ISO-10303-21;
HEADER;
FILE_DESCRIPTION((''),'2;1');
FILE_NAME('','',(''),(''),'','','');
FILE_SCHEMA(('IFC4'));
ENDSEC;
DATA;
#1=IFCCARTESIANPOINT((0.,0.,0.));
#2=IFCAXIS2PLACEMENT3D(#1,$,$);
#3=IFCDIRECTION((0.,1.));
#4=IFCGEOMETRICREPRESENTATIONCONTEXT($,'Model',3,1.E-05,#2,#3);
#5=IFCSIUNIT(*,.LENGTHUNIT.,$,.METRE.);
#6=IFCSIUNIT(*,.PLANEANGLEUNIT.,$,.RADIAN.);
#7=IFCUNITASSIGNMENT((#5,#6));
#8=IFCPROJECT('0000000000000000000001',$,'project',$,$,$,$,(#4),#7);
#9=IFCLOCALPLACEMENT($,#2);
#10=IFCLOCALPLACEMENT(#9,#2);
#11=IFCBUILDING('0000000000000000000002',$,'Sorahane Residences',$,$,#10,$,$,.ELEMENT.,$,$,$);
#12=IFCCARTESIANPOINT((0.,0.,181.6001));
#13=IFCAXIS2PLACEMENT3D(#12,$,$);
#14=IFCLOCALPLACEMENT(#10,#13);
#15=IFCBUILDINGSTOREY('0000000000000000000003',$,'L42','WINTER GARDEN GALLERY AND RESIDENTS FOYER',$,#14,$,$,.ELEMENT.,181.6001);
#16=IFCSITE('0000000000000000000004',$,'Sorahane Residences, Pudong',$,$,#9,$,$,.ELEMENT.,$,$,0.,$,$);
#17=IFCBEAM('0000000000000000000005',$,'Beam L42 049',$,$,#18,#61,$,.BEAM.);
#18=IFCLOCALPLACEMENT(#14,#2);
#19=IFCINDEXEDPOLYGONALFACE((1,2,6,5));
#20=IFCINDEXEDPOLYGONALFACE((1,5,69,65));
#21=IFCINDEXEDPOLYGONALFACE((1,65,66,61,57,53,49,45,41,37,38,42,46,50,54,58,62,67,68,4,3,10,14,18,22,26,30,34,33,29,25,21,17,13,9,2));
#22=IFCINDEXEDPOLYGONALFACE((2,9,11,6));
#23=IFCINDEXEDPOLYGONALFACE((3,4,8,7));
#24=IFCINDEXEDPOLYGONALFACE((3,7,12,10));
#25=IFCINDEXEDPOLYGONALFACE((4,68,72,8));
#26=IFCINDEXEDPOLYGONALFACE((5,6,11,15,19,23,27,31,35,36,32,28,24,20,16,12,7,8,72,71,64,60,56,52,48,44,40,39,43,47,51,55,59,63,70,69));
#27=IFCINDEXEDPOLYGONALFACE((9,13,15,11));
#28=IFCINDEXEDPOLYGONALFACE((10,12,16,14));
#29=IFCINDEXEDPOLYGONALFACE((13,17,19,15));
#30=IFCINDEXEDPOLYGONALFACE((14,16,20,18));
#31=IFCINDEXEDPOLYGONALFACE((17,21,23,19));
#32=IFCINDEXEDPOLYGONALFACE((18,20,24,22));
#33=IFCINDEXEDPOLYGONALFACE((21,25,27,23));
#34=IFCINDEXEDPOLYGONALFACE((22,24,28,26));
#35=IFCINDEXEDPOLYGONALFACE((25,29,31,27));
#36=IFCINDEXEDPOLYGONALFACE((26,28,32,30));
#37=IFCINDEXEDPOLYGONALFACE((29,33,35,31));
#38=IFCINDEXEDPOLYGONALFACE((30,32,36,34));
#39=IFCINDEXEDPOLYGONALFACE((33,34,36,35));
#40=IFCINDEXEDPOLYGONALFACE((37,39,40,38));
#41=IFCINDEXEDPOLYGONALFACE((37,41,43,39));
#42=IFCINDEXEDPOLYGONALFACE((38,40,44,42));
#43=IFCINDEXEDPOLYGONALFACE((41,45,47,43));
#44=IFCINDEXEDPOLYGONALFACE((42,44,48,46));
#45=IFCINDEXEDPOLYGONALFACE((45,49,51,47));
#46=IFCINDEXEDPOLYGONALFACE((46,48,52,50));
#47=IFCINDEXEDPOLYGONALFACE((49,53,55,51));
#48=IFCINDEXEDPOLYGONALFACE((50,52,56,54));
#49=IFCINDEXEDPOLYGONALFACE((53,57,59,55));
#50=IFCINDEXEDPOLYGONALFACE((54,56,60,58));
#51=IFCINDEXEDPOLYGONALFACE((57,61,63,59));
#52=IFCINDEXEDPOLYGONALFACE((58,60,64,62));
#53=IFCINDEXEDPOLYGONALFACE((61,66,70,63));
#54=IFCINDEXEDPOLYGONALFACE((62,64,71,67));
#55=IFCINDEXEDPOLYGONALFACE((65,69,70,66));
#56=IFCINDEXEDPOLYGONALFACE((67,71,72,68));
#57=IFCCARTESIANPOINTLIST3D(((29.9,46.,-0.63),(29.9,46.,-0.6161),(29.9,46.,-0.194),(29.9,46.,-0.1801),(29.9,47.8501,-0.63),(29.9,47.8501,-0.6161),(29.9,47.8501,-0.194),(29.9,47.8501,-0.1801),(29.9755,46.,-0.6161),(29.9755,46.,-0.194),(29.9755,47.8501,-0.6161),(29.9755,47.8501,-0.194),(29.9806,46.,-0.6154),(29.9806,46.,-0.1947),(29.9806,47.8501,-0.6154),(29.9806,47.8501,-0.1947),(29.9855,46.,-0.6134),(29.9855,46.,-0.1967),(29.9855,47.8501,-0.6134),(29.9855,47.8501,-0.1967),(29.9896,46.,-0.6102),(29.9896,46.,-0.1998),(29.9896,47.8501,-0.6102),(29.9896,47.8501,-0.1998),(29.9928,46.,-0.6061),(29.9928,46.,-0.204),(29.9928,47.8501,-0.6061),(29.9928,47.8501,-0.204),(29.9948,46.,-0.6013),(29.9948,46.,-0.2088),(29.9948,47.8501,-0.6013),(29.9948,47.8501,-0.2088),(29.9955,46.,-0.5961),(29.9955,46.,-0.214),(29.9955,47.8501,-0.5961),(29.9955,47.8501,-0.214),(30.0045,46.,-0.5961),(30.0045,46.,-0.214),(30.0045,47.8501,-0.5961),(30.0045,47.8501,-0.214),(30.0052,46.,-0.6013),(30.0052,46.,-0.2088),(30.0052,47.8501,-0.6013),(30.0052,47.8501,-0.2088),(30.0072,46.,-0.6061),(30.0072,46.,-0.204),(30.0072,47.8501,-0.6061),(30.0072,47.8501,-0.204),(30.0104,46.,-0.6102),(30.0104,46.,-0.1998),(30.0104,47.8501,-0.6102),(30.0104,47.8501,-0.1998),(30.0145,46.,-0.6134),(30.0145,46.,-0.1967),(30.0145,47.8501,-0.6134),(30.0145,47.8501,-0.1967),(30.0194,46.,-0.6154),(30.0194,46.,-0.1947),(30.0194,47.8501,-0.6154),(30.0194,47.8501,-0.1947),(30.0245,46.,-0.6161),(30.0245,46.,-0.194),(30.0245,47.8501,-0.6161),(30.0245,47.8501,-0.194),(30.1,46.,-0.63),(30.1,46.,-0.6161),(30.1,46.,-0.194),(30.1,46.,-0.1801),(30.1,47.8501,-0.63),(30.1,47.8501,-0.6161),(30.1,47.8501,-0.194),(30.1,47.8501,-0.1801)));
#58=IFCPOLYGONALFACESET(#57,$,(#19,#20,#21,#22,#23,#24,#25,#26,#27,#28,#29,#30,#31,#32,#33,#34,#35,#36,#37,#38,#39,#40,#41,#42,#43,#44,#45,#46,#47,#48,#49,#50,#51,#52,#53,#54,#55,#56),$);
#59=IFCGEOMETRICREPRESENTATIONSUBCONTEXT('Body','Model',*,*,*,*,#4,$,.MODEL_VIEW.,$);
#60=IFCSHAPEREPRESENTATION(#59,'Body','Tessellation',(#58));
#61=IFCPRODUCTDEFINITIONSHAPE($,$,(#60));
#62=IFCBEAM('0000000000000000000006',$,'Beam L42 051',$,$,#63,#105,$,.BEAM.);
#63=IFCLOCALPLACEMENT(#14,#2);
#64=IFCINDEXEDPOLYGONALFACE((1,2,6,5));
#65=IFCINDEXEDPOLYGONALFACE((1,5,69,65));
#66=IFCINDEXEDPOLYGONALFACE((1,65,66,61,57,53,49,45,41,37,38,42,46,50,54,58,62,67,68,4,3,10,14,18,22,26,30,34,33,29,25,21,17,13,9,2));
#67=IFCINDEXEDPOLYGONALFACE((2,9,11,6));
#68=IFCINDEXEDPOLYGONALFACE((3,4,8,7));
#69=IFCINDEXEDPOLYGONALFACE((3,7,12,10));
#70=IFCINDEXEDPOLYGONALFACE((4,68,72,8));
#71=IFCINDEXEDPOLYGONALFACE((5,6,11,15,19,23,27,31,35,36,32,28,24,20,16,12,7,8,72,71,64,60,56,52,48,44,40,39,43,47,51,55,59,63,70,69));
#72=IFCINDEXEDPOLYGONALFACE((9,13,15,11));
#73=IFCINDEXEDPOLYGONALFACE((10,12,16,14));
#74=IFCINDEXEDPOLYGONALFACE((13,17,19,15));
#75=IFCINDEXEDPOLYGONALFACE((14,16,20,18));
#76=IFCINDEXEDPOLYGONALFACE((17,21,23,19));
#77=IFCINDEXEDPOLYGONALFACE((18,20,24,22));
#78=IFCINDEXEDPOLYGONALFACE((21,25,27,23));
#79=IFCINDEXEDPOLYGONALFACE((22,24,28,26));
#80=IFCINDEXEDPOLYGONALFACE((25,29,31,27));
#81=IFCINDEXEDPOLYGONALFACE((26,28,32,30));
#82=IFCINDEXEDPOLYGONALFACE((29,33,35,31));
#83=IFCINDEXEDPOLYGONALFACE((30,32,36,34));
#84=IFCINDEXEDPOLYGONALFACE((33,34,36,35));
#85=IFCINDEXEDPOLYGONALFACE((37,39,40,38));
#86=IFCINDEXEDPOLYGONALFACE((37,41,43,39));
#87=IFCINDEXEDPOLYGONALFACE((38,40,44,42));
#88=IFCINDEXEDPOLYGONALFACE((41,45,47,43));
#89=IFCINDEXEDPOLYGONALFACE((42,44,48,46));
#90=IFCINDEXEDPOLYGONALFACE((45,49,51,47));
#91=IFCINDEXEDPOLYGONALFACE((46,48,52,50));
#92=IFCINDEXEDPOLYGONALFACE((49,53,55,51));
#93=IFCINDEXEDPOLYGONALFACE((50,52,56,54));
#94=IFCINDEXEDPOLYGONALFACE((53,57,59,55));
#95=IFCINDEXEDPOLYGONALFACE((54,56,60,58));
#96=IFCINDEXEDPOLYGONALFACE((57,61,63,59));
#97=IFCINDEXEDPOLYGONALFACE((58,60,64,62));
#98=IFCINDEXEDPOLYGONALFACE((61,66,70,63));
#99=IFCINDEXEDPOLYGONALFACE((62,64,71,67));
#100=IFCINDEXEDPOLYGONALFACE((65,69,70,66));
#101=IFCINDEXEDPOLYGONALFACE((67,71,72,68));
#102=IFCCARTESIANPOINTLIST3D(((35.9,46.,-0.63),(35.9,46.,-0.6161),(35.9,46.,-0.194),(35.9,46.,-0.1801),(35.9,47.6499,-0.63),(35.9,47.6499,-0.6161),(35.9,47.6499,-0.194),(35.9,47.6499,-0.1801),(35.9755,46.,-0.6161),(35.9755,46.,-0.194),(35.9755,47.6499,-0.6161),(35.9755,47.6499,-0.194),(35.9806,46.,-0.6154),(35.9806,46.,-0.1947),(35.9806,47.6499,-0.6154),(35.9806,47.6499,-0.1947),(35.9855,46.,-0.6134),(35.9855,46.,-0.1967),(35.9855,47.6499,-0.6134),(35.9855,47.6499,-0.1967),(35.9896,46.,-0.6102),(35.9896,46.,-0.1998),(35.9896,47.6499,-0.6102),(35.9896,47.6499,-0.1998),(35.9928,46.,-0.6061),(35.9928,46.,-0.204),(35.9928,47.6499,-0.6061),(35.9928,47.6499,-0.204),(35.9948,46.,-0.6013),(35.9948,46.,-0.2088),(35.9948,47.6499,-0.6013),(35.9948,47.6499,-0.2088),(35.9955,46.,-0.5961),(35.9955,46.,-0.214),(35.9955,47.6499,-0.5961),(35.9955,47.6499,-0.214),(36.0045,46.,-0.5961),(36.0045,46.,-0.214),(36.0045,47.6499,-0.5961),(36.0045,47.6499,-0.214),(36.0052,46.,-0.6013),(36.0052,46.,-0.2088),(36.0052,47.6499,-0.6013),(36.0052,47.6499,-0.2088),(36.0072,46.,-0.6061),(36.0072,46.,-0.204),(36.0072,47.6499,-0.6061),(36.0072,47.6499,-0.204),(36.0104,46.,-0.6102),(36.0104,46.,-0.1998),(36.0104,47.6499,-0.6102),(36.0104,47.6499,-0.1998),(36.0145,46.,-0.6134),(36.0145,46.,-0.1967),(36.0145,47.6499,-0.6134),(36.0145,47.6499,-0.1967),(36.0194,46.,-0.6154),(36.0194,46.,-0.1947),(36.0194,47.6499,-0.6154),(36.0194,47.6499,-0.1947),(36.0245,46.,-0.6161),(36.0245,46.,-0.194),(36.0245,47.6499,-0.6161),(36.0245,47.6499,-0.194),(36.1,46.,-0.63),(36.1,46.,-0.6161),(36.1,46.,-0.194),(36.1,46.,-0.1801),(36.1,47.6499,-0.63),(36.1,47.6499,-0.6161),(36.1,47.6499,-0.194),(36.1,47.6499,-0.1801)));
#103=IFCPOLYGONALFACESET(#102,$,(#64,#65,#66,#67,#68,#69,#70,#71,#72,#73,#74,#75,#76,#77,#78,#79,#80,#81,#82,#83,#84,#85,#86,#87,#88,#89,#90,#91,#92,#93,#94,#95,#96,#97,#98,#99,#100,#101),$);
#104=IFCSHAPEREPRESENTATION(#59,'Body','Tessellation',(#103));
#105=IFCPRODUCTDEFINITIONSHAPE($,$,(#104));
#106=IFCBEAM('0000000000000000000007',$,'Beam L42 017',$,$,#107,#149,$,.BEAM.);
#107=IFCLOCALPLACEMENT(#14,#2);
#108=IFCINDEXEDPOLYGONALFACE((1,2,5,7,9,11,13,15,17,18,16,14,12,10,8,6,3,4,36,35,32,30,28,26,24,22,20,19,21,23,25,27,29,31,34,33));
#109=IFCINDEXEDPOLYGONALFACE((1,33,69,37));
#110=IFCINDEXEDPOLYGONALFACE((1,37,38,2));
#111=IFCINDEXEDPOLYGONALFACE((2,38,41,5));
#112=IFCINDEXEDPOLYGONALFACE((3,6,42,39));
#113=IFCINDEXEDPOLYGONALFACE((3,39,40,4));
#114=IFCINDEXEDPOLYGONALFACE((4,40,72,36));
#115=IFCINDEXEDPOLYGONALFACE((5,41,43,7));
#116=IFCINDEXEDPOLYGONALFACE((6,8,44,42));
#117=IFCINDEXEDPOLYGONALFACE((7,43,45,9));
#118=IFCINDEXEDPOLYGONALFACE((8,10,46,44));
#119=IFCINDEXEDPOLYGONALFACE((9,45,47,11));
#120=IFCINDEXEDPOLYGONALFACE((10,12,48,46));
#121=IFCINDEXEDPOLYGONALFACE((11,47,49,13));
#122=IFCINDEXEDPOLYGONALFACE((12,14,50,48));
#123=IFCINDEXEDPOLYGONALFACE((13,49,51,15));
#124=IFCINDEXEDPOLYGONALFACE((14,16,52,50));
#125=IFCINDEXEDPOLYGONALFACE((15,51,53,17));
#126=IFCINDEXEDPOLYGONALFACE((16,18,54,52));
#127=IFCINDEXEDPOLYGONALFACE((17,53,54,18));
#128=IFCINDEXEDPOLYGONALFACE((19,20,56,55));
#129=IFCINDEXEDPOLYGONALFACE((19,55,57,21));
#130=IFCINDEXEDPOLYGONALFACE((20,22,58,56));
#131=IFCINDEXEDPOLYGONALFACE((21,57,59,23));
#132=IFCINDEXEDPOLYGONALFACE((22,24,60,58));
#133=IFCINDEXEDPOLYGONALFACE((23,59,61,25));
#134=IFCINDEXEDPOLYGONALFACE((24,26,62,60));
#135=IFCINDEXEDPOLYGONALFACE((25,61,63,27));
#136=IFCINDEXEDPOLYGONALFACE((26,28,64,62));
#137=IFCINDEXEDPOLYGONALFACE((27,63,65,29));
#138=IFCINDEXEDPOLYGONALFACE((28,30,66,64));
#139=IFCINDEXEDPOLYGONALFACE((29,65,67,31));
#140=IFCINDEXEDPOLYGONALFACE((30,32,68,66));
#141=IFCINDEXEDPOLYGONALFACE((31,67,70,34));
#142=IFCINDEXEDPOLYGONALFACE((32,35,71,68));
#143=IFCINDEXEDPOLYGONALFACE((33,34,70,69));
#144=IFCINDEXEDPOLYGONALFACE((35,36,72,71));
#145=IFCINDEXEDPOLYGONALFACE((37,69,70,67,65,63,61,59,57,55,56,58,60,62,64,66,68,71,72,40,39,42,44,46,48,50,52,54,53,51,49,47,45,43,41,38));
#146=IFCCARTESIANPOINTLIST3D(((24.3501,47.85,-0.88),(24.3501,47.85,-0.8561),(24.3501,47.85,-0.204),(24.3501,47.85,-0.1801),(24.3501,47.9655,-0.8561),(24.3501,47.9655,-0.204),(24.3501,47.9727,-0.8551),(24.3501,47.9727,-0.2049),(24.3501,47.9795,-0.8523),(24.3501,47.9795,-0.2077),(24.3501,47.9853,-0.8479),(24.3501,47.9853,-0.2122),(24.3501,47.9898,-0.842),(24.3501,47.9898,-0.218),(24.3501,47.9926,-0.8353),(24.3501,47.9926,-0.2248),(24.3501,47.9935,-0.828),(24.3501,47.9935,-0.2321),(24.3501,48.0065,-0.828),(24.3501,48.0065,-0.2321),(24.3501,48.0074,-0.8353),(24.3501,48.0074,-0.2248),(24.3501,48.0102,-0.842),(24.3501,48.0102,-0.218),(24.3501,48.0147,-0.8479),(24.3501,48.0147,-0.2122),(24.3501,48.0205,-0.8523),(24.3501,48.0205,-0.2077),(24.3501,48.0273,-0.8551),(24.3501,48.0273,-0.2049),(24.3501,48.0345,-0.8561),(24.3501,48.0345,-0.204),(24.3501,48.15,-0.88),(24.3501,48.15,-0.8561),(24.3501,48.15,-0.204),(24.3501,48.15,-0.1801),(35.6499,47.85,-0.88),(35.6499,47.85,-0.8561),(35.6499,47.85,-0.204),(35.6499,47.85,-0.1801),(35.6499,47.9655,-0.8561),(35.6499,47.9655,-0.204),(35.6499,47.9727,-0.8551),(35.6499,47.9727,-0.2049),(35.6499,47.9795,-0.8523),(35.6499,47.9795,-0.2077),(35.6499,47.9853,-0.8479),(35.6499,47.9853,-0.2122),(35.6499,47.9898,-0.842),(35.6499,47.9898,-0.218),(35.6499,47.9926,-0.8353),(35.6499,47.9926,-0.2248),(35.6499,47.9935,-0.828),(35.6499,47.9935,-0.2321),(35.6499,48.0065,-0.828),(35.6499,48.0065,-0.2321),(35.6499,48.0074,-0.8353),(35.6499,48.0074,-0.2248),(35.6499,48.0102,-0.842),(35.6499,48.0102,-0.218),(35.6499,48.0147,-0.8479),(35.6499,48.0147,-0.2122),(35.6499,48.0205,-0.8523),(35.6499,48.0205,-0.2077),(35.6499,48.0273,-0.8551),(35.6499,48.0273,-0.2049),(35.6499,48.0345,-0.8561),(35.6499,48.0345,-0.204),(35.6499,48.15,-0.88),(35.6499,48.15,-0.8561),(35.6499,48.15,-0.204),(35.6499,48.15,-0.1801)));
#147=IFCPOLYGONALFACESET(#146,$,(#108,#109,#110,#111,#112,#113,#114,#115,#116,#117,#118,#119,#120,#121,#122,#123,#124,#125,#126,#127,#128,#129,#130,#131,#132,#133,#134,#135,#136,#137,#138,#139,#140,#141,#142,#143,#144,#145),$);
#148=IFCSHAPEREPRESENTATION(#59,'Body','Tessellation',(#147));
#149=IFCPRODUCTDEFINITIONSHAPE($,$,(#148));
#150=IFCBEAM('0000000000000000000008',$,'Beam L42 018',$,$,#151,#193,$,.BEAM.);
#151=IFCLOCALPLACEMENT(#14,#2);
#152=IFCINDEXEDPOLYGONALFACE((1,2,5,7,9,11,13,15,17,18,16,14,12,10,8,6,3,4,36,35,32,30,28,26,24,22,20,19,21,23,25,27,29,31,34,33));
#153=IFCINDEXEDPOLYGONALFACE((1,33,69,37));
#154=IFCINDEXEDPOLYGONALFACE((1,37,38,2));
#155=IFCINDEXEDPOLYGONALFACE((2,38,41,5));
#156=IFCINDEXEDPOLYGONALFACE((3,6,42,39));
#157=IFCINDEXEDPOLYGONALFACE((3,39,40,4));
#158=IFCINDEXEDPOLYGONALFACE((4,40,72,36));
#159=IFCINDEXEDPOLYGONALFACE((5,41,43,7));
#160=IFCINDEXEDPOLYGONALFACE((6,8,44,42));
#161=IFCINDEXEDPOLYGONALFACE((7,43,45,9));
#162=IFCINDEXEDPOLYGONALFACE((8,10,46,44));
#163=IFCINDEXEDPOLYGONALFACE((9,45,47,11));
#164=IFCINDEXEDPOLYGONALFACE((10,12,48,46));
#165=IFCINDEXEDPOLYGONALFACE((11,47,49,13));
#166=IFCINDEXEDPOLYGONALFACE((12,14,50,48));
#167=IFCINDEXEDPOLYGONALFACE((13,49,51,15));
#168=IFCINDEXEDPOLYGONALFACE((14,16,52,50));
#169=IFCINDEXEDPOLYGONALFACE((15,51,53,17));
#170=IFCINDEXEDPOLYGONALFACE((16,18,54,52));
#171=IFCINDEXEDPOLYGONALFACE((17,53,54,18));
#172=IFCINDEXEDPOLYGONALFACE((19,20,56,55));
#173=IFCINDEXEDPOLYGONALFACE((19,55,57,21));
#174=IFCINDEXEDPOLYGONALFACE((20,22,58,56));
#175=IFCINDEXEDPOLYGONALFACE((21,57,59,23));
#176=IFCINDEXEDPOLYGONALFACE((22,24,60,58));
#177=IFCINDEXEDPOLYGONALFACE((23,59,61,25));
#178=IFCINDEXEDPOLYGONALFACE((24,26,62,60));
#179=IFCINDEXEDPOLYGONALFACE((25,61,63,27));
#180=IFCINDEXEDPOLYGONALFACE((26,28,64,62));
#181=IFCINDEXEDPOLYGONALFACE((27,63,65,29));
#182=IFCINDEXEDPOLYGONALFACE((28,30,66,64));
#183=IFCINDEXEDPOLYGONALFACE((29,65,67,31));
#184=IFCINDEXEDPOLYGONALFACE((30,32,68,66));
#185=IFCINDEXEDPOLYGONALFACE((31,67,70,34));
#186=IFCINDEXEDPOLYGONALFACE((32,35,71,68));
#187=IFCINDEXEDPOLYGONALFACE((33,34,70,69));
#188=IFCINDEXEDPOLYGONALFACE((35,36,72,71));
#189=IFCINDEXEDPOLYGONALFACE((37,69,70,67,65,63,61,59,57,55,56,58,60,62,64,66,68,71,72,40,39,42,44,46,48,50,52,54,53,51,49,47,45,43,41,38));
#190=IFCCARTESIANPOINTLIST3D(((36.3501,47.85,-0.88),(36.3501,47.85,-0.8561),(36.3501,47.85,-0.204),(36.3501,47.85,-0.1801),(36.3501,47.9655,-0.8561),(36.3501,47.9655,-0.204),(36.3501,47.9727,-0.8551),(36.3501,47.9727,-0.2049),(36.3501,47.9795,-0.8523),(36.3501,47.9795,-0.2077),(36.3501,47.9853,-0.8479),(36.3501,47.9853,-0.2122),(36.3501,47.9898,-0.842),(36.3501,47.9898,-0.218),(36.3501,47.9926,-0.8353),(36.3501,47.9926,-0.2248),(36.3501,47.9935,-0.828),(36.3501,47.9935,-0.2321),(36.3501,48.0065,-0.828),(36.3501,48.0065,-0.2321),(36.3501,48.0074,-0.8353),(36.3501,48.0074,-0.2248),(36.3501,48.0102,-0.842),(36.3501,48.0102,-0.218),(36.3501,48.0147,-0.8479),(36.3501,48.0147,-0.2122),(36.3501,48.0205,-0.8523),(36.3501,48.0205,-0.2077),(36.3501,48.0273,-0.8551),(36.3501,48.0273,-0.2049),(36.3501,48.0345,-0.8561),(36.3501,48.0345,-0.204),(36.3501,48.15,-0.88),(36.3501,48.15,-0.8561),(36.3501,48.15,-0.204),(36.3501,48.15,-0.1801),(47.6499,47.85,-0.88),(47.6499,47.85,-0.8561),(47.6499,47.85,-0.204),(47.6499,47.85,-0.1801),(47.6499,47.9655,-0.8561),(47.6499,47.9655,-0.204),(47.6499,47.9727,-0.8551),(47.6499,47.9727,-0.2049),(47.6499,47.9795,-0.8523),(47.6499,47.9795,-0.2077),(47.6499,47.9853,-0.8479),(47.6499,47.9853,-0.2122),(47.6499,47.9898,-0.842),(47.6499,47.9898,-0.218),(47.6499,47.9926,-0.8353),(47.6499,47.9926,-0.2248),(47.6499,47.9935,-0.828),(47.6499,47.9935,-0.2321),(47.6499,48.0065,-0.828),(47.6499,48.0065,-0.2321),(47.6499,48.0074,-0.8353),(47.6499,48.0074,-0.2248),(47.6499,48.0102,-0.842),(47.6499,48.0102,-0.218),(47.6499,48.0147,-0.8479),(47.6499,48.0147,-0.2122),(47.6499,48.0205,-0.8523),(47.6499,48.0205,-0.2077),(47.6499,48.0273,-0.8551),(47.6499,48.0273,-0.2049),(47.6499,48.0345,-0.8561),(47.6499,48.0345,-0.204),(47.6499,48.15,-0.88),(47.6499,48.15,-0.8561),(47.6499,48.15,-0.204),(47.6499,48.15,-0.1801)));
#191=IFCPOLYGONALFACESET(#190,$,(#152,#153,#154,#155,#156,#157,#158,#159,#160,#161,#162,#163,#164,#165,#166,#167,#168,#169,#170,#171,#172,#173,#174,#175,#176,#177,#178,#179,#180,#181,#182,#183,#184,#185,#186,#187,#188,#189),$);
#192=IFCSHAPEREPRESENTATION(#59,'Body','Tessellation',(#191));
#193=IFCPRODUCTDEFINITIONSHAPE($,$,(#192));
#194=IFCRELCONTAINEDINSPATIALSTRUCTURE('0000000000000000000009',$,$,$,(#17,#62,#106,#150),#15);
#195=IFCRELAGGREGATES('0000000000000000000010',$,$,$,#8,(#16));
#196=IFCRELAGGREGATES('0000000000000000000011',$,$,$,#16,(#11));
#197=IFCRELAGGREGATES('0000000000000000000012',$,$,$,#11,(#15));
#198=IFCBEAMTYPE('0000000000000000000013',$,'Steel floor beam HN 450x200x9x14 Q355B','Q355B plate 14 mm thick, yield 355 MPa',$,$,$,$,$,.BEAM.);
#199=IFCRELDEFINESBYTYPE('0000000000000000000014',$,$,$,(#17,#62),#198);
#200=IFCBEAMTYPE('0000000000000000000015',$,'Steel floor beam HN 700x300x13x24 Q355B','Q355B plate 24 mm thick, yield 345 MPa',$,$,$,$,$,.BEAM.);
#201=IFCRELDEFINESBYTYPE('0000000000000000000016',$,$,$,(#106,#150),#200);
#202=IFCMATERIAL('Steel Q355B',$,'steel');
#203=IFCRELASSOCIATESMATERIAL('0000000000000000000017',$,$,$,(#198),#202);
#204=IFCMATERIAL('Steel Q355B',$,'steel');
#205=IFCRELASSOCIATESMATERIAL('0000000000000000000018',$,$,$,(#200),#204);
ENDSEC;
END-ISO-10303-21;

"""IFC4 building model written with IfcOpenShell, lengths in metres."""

from ifc_helpers import new_model, si_unit, direction, frame, origin, origin_2d, place, context, subcontext, project, spatial, i_section, extrude, material, material_profile, profile_set, type_object, element, save


model = new_model("IFC4")

# Units and contexts
model_context = context("Model", 3, precision=1e-05, world=origin(), true_north=direction((0.0, 1.0)))
body_context = subcontext(model_context, "Body", "Model", "MODEL_VIEW")
ifc_project = project(units=[si_unit("LENGTHUNIT", "METRE"), si_unit("PLANEANGLEUNIT", "RADIAN")], contexts=[model_context])

# Site, building, storey
site_placement = place(None, origin())
site = spatial("IfcSite", under=ifc_project, at=site_placement, Name="Sorahane Residences, Pudong", CompositionType="ELEMENT", RefElevation=0.0)
building_placement = place(site_placement, origin())
building = spatial("IfcBuilding", under=site, at=building_placement, Name="Sorahane Residences", CompositionType="ELEMENT")
storey_placement = place(building_placement, frame((0.0, 0.0, 181.6001)))
storey = spatial("IfcBuildingStorey", under=building, at=storey_placement, Name="L42", Description="WINTER GARDEN GALLERY AND RESIDENTS FOYER", CompositionType="ELEMENT", Elevation=181.6001)

# Beams
ifc_material_1 = material(Name="Steel Q355B", Category="steel")
ifc_material_profile_1 = material_profile(ifc_material_1, i_section(OverallWidth=0.2, OverallDepth=0.45, WebThickness=0.009, FlangeThickness=0.0139, FilletRadius=0.02, at=origin_2d()), Name="HN 450x200x9x14")
ifc_profile_set_1 = profile_set([ifc_material_profile_1], Name="Steel Q355B")
beam_type_1 = type_object("IfcBeamType", Name="Steel floor beam HN 450x200x9x14 Q355B", Description="Q355B plate 14 mm thick, yield 355 MPa", PredefinedType="BEAM", material=ifc_profile_set_1)
beam_1_placement = place(storey_placement, frame((30.0, 46.0, -0.405), z_axis=(0.0, 1.0, 0.0), x_axis=(-1.0, 0.0, 0.0)))
element("IfcBeam", 1, at=beam_1_placement, inside=storey, type_object=beam_type_1, Name="Beam L42 049", PredefinedType="BEAM", context=body_context, shape_type="SweptSolid", body=[
    extrude(i_section(OverallWidth=0.2, OverallDepth=0.45, WebThickness=0.009, FlangeThickness=0.0139, FilletRadius=0.02, at=origin_2d()), origin(), (0.0, 0.0, 1.0), 1.8501),
])
beam_2_placement = place(storey_placement, frame((36.0, 46.0, -0.405), z_axis=(0.0, 1.0, 0.0), x_axis=(-1.0, 0.0, 0.0)))
element("IfcBeam", 2, at=beam_2_placement, inside=storey, type_object=beam_type_1, Name="Beam L42 051", PredefinedType="BEAM", context=body_context, shape_type="SweptSolid", body=[
    extrude(i_section(OverallWidth=0.2, OverallDepth=0.45, WebThickness=0.009, FlangeThickness=0.0139, FilletRadius=0.02, at=origin_2d()), origin(), (0.0, 0.0, 1.0), 1.6499),
])
ifc_material_2 = material(Name="Steel Q355B", Category="steel")
ifc_material_profile_2 = material_profile(ifc_material_2, i_section(OverallWidth=0.3, OverallDepth=0.7, WebThickness=0.0129, FlangeThickness=0.0239, FilletRadius=0.0281, at=origin_2d()), Name="HN 700x300x13x24")
ifc_profile_set_2 = profile_set([ifc_material_profile_2], Name="Steel Q355B")
beam_type_2 = type_object("IfcBeamType", Name="Steel floor beam HN 700x300x13x24 Q355B", Description="Q355B plate 24 mm thick, yield 345 MPa", PredefinedType="BEAM", material=ifc_profile_set_2)
for number, where, z_axis, x_axis, name in (
    (3, (24.3501, 48.0, -0.53), (1.0, 0.0, 0.0), (0.0, 1.0, 0.0), "Beam L42 017"),
    (4, (36.3501, 48.0, -0.53), (1.0, 0.0, 0.0), (0.0, 1.0, 0.0), "Beam L42 018"),
):
    element("IfcBeam", number, at=place(storey_placement, frame(where, z_axis=z_axis, x_axis=x_axis)), inside=storey, type_object=beam_type_2, Name=name, PredefinedType="BEAM", context=body_context, shape_type="SweptSolid", body=[
        extrude(i_section(OverallWidth=0.3, OverallDepth=0.7, WebThickness=0.0129, FlangeThickness=0.0239, FilletRadius=0.0281, at=origin_2d()), origin(), (0.0, 0.0, 1.0), 11.2998),
    ])

save(model, "model.ifc")
